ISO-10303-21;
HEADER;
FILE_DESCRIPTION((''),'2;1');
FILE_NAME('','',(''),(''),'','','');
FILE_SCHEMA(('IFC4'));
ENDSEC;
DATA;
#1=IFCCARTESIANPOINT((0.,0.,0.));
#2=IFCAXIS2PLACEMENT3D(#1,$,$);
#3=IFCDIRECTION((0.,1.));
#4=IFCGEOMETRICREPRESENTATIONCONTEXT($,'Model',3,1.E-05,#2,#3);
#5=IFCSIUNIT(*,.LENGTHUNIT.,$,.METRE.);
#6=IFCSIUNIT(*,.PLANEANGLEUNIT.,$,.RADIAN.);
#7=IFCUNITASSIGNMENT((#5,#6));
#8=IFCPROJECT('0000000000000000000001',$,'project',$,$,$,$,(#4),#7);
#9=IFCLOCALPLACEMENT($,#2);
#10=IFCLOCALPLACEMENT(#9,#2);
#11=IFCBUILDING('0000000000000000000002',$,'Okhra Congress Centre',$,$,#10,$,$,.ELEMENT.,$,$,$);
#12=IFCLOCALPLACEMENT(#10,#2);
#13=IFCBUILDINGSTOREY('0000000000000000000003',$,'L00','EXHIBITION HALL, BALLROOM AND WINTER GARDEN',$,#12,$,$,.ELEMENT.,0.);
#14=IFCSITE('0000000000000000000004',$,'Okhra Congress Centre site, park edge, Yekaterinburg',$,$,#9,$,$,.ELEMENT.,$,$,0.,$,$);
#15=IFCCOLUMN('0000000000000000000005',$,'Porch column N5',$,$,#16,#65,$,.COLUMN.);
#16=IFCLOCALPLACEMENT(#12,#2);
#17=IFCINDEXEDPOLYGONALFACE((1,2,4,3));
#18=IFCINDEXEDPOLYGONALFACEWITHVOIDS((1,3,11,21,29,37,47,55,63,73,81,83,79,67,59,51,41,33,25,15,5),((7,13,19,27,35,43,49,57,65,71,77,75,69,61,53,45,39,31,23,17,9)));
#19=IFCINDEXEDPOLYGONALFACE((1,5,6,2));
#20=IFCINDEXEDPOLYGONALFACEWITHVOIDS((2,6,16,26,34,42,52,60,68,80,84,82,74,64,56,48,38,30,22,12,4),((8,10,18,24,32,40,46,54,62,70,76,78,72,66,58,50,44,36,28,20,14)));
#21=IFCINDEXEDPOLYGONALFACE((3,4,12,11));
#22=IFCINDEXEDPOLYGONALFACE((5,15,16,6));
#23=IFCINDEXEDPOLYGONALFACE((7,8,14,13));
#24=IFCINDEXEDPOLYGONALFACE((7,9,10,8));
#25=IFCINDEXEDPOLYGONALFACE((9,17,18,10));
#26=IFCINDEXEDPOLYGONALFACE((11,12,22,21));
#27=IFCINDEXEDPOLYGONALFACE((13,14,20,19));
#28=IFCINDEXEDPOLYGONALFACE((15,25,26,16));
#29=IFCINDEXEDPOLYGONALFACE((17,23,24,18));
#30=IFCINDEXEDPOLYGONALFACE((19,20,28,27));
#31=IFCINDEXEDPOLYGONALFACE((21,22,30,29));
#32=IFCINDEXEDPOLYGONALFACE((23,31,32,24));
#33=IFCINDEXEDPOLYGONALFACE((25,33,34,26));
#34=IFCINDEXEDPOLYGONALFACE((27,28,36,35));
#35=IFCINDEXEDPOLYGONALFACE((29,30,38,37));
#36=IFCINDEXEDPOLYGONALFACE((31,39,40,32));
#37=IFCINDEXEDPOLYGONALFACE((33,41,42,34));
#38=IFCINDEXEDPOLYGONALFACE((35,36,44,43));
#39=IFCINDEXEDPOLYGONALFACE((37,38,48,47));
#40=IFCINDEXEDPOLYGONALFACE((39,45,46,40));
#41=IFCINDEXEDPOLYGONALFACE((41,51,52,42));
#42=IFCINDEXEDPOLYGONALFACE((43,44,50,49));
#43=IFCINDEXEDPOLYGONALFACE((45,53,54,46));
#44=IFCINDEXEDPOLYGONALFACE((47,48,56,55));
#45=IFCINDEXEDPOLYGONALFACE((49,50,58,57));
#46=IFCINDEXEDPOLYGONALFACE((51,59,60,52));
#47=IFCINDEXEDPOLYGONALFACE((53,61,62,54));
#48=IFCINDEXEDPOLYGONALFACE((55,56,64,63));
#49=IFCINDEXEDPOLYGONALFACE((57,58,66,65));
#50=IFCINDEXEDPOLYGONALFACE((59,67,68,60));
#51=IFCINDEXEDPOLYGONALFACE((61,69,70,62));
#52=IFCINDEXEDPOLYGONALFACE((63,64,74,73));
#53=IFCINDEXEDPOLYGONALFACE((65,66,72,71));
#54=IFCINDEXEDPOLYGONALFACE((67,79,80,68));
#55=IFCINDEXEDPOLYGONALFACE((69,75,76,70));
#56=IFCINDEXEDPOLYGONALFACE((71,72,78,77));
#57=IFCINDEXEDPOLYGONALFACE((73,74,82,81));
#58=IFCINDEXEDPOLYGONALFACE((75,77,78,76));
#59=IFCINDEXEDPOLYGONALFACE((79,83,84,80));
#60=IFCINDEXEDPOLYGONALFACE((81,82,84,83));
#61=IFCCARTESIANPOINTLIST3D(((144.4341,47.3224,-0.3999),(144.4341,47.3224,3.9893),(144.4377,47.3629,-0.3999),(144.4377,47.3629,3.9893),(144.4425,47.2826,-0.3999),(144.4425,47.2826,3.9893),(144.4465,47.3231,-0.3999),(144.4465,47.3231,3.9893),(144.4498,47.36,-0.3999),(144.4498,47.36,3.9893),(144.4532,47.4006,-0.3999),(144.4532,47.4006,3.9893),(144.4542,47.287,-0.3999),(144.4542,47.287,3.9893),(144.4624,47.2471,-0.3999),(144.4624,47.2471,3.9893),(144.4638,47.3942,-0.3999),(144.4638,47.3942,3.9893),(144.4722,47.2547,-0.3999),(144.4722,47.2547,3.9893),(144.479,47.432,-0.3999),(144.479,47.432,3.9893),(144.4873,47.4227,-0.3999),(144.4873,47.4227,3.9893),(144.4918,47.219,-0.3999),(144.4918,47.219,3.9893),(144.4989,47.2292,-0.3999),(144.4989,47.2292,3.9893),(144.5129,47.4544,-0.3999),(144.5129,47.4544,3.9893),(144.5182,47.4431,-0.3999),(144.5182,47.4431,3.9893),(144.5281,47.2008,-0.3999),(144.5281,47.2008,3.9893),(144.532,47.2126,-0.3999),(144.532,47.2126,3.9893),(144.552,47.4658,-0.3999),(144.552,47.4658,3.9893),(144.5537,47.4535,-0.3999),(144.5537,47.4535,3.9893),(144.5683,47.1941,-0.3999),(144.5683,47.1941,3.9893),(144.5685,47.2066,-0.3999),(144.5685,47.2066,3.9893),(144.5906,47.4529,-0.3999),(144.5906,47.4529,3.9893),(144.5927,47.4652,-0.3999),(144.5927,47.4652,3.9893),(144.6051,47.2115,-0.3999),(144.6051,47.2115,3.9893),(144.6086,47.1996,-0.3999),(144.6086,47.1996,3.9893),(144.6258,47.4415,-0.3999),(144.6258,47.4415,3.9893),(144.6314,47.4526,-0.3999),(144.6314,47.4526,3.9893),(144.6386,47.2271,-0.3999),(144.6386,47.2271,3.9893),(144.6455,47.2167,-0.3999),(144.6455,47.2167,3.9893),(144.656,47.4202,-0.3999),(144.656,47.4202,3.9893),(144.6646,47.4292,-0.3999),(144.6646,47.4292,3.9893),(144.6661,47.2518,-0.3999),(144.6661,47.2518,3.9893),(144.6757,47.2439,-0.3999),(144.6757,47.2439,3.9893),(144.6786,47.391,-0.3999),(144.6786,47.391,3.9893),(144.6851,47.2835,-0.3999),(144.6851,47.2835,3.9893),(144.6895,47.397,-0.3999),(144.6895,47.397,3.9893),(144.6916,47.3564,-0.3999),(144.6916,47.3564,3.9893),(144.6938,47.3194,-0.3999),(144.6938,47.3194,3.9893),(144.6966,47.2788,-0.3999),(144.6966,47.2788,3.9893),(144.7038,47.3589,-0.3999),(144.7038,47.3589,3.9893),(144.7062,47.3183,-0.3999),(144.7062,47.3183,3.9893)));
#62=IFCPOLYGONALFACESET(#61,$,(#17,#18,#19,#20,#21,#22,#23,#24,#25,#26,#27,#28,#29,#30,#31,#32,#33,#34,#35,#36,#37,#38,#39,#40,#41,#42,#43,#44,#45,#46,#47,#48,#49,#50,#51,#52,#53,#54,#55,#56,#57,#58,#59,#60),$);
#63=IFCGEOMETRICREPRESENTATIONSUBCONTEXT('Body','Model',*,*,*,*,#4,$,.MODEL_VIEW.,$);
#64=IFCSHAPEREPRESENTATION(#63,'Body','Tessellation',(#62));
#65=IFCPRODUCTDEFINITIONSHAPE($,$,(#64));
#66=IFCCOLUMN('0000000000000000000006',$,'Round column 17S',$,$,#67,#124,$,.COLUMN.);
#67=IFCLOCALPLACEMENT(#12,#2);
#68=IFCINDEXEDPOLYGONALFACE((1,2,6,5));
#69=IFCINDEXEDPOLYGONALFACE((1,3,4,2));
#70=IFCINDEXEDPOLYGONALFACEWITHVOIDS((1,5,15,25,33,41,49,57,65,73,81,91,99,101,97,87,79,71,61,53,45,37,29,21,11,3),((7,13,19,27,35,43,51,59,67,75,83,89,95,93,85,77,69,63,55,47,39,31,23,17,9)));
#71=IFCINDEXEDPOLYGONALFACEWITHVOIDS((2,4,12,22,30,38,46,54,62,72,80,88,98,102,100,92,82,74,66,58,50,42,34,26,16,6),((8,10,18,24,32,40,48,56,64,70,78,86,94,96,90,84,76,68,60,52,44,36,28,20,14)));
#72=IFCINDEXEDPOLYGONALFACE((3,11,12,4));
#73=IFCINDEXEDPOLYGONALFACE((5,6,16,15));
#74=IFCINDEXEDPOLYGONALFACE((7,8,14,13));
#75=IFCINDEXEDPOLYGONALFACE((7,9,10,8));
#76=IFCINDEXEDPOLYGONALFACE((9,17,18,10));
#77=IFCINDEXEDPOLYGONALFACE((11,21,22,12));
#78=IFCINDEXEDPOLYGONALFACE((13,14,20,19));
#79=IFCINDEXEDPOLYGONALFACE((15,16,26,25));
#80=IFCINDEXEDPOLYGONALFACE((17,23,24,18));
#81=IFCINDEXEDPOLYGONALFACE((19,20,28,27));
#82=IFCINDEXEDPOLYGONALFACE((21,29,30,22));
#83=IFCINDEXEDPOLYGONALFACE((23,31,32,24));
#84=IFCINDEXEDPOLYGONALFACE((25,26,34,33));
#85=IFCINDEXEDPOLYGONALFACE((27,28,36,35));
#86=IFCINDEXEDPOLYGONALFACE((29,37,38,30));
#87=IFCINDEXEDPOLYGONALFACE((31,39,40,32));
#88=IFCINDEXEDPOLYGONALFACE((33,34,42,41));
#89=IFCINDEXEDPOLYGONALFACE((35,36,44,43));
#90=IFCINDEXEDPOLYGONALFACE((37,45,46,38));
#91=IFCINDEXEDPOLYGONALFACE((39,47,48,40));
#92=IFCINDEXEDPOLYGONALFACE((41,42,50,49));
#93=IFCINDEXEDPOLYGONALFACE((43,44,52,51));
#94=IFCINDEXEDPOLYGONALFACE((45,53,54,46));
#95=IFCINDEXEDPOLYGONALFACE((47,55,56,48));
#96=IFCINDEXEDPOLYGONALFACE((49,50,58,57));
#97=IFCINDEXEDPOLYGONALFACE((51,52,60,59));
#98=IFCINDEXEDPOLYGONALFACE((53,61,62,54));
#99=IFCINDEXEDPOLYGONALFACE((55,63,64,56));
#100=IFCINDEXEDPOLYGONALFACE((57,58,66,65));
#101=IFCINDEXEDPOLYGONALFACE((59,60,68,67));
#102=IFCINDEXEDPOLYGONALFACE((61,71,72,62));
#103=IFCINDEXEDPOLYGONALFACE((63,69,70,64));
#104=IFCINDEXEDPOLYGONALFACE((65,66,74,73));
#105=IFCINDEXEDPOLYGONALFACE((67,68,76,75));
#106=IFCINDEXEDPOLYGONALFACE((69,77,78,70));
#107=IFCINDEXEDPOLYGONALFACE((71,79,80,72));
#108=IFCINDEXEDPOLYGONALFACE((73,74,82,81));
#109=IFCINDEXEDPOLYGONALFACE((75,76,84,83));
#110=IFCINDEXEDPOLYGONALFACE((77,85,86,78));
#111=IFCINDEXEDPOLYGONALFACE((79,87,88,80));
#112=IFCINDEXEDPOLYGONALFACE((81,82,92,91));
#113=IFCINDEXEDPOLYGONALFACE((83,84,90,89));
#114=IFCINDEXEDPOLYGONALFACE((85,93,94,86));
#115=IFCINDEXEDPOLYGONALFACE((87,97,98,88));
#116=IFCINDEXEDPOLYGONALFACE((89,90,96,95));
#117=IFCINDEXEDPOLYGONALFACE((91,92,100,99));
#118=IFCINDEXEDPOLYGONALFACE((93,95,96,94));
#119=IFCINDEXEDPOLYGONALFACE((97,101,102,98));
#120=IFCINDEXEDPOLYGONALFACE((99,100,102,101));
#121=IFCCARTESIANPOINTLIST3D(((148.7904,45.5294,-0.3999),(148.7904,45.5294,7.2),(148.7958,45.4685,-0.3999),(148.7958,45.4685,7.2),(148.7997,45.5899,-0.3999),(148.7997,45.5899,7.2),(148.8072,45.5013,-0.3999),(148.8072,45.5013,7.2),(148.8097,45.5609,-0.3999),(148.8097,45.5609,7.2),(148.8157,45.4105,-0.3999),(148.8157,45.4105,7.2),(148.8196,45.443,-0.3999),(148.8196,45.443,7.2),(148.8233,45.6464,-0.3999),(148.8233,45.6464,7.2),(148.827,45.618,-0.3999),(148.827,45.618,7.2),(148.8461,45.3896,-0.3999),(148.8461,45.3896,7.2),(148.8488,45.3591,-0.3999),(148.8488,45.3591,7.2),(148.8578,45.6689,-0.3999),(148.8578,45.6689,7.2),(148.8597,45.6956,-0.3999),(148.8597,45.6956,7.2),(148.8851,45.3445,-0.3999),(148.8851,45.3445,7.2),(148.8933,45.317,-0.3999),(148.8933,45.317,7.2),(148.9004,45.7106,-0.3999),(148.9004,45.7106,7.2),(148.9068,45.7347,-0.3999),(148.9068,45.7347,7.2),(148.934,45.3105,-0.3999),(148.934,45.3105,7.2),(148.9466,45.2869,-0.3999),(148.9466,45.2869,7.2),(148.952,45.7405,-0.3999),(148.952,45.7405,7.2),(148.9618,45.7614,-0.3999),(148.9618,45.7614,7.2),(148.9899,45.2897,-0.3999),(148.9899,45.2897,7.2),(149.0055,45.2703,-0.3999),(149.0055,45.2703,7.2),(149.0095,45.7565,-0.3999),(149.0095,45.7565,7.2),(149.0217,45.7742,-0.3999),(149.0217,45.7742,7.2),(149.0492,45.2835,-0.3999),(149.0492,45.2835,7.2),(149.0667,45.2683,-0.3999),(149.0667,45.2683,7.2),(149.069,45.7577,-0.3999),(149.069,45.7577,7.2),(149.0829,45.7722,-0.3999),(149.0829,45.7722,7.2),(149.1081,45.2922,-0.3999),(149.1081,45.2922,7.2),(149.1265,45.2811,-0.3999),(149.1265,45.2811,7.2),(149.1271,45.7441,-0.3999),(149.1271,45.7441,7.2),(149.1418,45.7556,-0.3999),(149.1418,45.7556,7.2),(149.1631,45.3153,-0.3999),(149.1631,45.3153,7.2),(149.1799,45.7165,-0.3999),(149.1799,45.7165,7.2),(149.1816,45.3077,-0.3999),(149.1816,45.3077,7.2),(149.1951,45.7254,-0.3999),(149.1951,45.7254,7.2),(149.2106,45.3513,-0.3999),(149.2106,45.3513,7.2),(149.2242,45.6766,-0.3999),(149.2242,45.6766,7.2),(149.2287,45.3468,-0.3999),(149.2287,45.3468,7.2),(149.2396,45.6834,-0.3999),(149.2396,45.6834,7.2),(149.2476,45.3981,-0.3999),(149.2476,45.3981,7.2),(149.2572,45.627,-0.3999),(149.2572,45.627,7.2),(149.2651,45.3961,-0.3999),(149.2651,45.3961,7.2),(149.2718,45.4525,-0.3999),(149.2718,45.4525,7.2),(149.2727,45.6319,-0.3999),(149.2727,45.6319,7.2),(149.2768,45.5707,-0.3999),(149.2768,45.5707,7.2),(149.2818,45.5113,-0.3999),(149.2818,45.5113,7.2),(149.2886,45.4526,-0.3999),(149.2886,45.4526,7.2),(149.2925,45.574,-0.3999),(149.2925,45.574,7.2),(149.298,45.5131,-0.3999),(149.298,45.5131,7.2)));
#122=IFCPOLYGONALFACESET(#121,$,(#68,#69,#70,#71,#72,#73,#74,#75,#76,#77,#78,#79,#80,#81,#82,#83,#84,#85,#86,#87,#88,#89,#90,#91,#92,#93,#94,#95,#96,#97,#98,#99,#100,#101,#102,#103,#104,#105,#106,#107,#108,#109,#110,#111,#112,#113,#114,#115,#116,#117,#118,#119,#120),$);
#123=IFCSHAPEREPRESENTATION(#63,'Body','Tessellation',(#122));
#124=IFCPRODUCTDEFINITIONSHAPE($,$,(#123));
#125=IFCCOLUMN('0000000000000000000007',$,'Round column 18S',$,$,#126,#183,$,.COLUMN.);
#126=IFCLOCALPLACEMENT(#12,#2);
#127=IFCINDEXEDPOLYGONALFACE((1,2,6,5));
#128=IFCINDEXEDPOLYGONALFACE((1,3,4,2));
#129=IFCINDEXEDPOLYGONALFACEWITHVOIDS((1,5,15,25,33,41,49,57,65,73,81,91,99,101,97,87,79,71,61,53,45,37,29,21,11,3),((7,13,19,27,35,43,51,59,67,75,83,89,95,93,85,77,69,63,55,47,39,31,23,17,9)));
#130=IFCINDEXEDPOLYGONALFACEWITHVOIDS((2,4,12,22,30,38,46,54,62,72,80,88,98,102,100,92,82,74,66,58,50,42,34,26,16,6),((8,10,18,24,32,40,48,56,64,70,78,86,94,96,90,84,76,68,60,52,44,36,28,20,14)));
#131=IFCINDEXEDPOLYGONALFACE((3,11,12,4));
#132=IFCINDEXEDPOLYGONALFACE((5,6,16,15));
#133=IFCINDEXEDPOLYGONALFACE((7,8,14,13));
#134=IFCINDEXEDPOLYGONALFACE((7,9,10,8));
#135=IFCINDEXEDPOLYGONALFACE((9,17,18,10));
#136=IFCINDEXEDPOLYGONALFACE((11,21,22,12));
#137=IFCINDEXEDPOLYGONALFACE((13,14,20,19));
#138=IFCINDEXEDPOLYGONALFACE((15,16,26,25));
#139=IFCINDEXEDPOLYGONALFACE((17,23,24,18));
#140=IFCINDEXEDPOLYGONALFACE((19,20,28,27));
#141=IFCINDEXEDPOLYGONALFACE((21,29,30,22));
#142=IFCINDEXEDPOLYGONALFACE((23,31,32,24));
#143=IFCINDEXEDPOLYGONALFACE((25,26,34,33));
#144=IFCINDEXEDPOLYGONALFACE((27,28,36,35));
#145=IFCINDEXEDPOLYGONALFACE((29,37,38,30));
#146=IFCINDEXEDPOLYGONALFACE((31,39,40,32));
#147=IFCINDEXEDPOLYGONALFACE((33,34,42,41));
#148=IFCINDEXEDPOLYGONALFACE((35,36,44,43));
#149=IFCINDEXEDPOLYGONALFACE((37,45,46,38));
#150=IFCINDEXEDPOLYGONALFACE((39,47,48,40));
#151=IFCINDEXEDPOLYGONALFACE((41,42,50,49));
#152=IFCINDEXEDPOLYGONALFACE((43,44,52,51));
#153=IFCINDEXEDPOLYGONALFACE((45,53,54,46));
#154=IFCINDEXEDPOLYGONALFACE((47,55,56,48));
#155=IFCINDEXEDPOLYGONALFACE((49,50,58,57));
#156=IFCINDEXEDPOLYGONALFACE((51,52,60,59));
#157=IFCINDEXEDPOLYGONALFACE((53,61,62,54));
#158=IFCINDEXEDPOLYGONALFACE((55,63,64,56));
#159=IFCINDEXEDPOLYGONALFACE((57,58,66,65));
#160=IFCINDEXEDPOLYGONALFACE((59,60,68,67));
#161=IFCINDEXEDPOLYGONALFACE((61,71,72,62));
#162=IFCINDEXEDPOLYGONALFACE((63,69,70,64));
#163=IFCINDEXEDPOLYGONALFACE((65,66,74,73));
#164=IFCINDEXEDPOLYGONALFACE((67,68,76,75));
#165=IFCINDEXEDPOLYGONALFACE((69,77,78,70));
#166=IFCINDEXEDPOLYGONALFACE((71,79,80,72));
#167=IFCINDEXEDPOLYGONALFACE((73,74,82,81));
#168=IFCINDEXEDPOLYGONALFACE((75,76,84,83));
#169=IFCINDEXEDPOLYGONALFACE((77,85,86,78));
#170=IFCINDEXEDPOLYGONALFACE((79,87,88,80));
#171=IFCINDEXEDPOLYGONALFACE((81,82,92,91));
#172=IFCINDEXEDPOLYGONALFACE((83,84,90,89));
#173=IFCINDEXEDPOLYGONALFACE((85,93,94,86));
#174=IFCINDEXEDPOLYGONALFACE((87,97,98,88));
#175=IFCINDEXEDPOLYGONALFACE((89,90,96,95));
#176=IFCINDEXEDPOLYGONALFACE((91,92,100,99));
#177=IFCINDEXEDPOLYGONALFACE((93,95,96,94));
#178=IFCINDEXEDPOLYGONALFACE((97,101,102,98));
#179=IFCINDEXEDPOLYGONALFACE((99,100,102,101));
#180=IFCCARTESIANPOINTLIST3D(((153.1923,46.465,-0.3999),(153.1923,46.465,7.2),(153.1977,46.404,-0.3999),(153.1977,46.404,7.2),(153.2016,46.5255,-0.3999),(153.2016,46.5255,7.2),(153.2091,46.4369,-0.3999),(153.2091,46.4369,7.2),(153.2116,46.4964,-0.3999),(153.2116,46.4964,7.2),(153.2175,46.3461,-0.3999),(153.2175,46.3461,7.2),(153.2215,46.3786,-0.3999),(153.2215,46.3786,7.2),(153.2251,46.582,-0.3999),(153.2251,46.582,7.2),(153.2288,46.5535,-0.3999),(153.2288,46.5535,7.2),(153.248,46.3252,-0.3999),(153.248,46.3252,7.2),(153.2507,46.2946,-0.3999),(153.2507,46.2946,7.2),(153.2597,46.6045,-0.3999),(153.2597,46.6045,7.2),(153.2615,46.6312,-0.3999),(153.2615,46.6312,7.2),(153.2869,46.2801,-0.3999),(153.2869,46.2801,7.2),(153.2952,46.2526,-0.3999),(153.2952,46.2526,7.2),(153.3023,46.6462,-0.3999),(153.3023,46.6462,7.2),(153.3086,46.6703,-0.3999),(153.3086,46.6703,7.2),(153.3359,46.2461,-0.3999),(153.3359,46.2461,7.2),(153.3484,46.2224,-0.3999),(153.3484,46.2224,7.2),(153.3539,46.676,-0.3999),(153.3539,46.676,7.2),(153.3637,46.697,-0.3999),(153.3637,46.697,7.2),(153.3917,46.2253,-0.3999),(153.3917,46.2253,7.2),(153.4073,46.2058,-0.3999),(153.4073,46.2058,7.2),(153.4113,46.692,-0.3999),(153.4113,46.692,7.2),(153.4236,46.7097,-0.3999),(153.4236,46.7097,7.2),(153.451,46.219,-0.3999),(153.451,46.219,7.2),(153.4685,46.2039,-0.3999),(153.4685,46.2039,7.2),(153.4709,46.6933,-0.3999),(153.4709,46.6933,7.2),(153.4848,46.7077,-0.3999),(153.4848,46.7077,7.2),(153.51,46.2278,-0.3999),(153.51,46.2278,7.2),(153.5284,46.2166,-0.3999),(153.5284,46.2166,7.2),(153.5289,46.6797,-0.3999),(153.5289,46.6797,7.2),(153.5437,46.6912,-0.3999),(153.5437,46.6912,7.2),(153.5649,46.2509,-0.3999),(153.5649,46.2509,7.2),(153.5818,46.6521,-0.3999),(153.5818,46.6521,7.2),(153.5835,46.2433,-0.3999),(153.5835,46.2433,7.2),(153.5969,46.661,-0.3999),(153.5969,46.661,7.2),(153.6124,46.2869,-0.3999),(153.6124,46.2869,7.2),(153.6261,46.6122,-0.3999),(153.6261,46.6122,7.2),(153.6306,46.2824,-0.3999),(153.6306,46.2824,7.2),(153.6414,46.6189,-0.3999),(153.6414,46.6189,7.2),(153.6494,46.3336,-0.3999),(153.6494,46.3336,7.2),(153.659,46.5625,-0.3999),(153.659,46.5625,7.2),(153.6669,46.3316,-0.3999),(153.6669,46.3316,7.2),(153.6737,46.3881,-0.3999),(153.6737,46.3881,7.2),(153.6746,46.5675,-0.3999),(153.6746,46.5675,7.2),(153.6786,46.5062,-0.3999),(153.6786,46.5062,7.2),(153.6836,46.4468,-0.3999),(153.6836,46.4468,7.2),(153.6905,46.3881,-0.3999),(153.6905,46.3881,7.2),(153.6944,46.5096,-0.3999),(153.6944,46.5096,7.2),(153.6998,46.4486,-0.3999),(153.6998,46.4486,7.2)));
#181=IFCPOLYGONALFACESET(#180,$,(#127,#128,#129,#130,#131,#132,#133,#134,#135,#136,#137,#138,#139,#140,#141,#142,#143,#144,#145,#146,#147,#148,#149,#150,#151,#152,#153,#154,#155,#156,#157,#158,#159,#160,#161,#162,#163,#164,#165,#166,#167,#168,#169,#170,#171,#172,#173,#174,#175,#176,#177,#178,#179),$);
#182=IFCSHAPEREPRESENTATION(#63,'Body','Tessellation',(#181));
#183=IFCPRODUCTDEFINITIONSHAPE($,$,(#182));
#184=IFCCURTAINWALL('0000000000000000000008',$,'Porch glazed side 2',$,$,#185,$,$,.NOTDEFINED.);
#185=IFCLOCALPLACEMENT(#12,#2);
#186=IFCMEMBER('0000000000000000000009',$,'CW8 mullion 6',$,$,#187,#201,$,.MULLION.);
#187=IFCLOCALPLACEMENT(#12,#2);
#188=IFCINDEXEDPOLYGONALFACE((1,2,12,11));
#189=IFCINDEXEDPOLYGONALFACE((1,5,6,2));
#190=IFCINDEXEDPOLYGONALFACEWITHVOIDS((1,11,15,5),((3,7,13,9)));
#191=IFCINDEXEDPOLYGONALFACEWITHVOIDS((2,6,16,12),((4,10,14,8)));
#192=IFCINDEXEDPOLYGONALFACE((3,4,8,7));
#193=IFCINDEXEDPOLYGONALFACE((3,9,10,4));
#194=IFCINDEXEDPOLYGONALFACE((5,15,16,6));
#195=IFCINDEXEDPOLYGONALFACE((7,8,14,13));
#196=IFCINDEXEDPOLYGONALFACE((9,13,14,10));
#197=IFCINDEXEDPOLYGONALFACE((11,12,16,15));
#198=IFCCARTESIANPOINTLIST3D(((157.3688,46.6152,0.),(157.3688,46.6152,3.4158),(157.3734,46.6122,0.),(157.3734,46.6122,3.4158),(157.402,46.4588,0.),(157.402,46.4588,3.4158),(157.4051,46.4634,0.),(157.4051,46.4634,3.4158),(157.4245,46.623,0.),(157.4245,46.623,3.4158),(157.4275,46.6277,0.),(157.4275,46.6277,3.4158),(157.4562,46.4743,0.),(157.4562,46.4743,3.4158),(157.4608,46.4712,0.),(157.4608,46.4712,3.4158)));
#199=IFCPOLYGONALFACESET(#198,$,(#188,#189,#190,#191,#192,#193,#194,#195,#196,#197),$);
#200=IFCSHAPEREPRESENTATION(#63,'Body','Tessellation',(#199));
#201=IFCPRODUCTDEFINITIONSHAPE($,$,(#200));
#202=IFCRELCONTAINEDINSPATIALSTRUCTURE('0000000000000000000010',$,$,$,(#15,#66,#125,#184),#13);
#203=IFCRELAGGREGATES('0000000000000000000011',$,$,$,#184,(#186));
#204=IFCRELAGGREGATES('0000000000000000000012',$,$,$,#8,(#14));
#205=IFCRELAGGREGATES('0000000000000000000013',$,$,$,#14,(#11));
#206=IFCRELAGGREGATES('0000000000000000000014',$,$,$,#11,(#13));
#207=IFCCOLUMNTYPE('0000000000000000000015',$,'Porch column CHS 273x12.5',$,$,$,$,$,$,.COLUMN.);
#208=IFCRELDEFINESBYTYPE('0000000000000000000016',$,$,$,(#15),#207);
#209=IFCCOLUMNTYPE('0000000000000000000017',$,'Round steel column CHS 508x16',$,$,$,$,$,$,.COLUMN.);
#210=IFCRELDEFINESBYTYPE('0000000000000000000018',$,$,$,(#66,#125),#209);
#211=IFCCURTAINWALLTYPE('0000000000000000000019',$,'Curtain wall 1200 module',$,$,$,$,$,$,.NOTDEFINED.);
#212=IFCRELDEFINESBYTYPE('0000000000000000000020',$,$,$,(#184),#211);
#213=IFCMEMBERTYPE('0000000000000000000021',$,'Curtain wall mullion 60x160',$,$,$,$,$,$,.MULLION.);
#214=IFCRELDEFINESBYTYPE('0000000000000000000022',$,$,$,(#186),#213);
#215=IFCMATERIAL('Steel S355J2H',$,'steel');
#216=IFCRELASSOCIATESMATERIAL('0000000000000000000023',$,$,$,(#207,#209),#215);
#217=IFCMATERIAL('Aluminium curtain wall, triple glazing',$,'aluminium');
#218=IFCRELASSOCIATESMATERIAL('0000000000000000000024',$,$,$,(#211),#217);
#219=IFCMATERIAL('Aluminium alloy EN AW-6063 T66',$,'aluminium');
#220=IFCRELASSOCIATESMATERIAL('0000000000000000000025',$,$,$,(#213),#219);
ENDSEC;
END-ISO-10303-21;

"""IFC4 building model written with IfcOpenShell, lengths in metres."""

from ifc_helpers import new_model, si_unit, direction, frame, origin, origin_2d, place, context, subcontext, project, spatial, hollow_rectangle, hollow_circle, extrude, material, material_profile, profile_set, type_object, element, aggregate, save


model = new_model("IFC4")

# Units and contexts
model_context = context("Model", 3, precision=1e-05, world=origin(), true_north=direction((0.0, 1.0)))
body_context = subcontext(model_context, "Body", "Model", "MODEL_VIEW")
ifc_project = project(units=[si_unit("LENGTHUNIT", "METRE"), si_unit("PLANEANGLEUNIT", "RADIAN")], contexts=[model_context])

# Site, building, storey
site_placement = place(None, origin())
site = spatial("IfcSite", under=ifc_project, at=site_placement, Name="Okhra Congress Centre site, park edge, Yekaterinburg", CompositionType="ELEMENT", RefElevation=0.0)
building_placement = place(site_placement, origin())
building = spatial("IfcBuilding", under=site, at=building_placement, Name="Okhra Congress Centre", CompositionType="ELEMENT")
storey_placement = place(building_placement, origin())
storey = spatial("IfcBuildingStorey", under=building, at=storey_placement, Name="L00", Description="EXHIBITION HALL, BALLROOM AND WINTER GARDEN", CompositionType="ELEMENT", Elevation=0.0)

# Columns
ifc_material_1 = material(Name="Steel S355J2H", Category="steel")
ifc_material_profile_1 = material_profile(ifc_material_1, hollow_circle(Radius=0.1365, WallThickness=0.0125, at=origin_2d()), Name="CHS 273x12.5")
ifc_profile_set_1 = profile_set([ifc_material_profile_1], Name="Steel S355J2H")
column_type_1 = type_object("IfcColumnType", Name="Porch column CHS 273x12.5", PredefinedType="COLUMN", material=ifc_profile_set_1)
column_placement = place(storey_placement, frame((144.5703, 47.3306, -0.3999), z_axis=(0.0, 0.0, 1.0), x_axis=(0.978148, 0.207912, 0.0)))
element("IfcColumn", 1, at=column_placement, inside=storey, type_object=column_type_1, Name="Porch column N5", PredefinedType="COLUMN", context=body_context, shape_type="SweptSolid", body=[
    extrude(hollow_circle(Radius=0.1365, WallThickness=0.0125, at=origin_2d()), origin(), (0.0, 0.0, 1.0), 4.3892),
])
ifc_material_profile_2 = material_profile(ifc_material_1, hollow_circle(Radius=0.2539, WallThickness=0.0161, at=origin_2d()), Name="CHS 508x16")
ifc_profile_set_2 = profile_set([ifc_material_profile_2], Name="Steel S355J2H")
column_type_2 = type_object("IfcColumnType", Name="Round steel column CHS 508x16", PredefinedType="COLUMN", material=ifc_profile_set_2)
for number, where, z_axis, x_axis, name in (
    (2, (149.0442, 45.5212, -0.3999), (0.0, 0.0, 1.0), (0.978148, 0.207912, 0.0), "Round column 17S"),
    (3, (153.446, 46.4568, -0.3999), (0.0, 0.0, 1.0), (0.978148, 0.207912, 0.0), "Round column 18S"),
):
    element("IfcColumn", number, at=place(storey_placement, frame(where, z_axis=z_axis, x_axis=x_axis)), inside=storey, type_object=column_type_2, Name=name, PredefinedType="COLUMN", context=body_context, shape_type="SweptSolid", body=[
        extrude(hollow_circle(Radius=0.2539, WallThickness=0.0161, at=origin_2d()), origin(), (0.0, 0.0, 1.0), 7.5999),
    ])

# Curtain wall, member
ifc_material_2 = material(Name="Aluminium curtain wall, triple glazing", Category="aluminium")
curtain_wall_type = type_object("IfcCurtainWallType", Name="Curtain wall 1200 module", PredefinedType="NOTDEFINED", material=ifc_material_2)
curtain_wall_placement = place(storey_placement, origin())
curtain_wall = element("IfcCurtainWall", 4, at=curtain_wall_placement, inside=storey, type_object=curtain_wall_type, Name="Porch glazed side 2", PredefinedType="NOTDEFINED")
ifc_material_3 = material(Name="Aluminium alloy EN AW-6063 T66", Category="aluminium")
ifc_material_profile_3 = material_profile(ifc_material_3, hollow_rectangle(XDim=0.0601, YDim=0.1599, WallThickness=0.0039, at=origin_2d()), Name="RHS 60x160x4")
ifc_profile_set_3 = profile_set([ifc_material_profile_3], Name="Aluminium alloy EN AW-6063 T66")
member_type_1 = type_object("IfcMemberType", Name="Curtain wall mullion 60x160", PredefinedType="MULLION", material=ifc_profile_set_3)
member_1_placement = place(storey_placement, frame((157.4148, 46.5432, 0.0), z_axis=(0.0, 0.0, 1.0), x_axis=(-0.978148, -0.207912, 0.0)))
member_1 = element("IfcMember", 5, at=member_1_placement, type_object=member_type_1, Name="CW8 mullion 6", PredefinedType="MULLION", context=body_context, shape_type="SweptSolid", body=[
    extrude(hollow_rectangle(XDim=0.0601, YDim=0.1599, WallThickness=0.0039, at=origin_2d()), origin(), (0.0, 0.0, 1.0), 3.4158),
])

aggregate(curtain_wall, [member_1])

save(model, "model.ifc")
